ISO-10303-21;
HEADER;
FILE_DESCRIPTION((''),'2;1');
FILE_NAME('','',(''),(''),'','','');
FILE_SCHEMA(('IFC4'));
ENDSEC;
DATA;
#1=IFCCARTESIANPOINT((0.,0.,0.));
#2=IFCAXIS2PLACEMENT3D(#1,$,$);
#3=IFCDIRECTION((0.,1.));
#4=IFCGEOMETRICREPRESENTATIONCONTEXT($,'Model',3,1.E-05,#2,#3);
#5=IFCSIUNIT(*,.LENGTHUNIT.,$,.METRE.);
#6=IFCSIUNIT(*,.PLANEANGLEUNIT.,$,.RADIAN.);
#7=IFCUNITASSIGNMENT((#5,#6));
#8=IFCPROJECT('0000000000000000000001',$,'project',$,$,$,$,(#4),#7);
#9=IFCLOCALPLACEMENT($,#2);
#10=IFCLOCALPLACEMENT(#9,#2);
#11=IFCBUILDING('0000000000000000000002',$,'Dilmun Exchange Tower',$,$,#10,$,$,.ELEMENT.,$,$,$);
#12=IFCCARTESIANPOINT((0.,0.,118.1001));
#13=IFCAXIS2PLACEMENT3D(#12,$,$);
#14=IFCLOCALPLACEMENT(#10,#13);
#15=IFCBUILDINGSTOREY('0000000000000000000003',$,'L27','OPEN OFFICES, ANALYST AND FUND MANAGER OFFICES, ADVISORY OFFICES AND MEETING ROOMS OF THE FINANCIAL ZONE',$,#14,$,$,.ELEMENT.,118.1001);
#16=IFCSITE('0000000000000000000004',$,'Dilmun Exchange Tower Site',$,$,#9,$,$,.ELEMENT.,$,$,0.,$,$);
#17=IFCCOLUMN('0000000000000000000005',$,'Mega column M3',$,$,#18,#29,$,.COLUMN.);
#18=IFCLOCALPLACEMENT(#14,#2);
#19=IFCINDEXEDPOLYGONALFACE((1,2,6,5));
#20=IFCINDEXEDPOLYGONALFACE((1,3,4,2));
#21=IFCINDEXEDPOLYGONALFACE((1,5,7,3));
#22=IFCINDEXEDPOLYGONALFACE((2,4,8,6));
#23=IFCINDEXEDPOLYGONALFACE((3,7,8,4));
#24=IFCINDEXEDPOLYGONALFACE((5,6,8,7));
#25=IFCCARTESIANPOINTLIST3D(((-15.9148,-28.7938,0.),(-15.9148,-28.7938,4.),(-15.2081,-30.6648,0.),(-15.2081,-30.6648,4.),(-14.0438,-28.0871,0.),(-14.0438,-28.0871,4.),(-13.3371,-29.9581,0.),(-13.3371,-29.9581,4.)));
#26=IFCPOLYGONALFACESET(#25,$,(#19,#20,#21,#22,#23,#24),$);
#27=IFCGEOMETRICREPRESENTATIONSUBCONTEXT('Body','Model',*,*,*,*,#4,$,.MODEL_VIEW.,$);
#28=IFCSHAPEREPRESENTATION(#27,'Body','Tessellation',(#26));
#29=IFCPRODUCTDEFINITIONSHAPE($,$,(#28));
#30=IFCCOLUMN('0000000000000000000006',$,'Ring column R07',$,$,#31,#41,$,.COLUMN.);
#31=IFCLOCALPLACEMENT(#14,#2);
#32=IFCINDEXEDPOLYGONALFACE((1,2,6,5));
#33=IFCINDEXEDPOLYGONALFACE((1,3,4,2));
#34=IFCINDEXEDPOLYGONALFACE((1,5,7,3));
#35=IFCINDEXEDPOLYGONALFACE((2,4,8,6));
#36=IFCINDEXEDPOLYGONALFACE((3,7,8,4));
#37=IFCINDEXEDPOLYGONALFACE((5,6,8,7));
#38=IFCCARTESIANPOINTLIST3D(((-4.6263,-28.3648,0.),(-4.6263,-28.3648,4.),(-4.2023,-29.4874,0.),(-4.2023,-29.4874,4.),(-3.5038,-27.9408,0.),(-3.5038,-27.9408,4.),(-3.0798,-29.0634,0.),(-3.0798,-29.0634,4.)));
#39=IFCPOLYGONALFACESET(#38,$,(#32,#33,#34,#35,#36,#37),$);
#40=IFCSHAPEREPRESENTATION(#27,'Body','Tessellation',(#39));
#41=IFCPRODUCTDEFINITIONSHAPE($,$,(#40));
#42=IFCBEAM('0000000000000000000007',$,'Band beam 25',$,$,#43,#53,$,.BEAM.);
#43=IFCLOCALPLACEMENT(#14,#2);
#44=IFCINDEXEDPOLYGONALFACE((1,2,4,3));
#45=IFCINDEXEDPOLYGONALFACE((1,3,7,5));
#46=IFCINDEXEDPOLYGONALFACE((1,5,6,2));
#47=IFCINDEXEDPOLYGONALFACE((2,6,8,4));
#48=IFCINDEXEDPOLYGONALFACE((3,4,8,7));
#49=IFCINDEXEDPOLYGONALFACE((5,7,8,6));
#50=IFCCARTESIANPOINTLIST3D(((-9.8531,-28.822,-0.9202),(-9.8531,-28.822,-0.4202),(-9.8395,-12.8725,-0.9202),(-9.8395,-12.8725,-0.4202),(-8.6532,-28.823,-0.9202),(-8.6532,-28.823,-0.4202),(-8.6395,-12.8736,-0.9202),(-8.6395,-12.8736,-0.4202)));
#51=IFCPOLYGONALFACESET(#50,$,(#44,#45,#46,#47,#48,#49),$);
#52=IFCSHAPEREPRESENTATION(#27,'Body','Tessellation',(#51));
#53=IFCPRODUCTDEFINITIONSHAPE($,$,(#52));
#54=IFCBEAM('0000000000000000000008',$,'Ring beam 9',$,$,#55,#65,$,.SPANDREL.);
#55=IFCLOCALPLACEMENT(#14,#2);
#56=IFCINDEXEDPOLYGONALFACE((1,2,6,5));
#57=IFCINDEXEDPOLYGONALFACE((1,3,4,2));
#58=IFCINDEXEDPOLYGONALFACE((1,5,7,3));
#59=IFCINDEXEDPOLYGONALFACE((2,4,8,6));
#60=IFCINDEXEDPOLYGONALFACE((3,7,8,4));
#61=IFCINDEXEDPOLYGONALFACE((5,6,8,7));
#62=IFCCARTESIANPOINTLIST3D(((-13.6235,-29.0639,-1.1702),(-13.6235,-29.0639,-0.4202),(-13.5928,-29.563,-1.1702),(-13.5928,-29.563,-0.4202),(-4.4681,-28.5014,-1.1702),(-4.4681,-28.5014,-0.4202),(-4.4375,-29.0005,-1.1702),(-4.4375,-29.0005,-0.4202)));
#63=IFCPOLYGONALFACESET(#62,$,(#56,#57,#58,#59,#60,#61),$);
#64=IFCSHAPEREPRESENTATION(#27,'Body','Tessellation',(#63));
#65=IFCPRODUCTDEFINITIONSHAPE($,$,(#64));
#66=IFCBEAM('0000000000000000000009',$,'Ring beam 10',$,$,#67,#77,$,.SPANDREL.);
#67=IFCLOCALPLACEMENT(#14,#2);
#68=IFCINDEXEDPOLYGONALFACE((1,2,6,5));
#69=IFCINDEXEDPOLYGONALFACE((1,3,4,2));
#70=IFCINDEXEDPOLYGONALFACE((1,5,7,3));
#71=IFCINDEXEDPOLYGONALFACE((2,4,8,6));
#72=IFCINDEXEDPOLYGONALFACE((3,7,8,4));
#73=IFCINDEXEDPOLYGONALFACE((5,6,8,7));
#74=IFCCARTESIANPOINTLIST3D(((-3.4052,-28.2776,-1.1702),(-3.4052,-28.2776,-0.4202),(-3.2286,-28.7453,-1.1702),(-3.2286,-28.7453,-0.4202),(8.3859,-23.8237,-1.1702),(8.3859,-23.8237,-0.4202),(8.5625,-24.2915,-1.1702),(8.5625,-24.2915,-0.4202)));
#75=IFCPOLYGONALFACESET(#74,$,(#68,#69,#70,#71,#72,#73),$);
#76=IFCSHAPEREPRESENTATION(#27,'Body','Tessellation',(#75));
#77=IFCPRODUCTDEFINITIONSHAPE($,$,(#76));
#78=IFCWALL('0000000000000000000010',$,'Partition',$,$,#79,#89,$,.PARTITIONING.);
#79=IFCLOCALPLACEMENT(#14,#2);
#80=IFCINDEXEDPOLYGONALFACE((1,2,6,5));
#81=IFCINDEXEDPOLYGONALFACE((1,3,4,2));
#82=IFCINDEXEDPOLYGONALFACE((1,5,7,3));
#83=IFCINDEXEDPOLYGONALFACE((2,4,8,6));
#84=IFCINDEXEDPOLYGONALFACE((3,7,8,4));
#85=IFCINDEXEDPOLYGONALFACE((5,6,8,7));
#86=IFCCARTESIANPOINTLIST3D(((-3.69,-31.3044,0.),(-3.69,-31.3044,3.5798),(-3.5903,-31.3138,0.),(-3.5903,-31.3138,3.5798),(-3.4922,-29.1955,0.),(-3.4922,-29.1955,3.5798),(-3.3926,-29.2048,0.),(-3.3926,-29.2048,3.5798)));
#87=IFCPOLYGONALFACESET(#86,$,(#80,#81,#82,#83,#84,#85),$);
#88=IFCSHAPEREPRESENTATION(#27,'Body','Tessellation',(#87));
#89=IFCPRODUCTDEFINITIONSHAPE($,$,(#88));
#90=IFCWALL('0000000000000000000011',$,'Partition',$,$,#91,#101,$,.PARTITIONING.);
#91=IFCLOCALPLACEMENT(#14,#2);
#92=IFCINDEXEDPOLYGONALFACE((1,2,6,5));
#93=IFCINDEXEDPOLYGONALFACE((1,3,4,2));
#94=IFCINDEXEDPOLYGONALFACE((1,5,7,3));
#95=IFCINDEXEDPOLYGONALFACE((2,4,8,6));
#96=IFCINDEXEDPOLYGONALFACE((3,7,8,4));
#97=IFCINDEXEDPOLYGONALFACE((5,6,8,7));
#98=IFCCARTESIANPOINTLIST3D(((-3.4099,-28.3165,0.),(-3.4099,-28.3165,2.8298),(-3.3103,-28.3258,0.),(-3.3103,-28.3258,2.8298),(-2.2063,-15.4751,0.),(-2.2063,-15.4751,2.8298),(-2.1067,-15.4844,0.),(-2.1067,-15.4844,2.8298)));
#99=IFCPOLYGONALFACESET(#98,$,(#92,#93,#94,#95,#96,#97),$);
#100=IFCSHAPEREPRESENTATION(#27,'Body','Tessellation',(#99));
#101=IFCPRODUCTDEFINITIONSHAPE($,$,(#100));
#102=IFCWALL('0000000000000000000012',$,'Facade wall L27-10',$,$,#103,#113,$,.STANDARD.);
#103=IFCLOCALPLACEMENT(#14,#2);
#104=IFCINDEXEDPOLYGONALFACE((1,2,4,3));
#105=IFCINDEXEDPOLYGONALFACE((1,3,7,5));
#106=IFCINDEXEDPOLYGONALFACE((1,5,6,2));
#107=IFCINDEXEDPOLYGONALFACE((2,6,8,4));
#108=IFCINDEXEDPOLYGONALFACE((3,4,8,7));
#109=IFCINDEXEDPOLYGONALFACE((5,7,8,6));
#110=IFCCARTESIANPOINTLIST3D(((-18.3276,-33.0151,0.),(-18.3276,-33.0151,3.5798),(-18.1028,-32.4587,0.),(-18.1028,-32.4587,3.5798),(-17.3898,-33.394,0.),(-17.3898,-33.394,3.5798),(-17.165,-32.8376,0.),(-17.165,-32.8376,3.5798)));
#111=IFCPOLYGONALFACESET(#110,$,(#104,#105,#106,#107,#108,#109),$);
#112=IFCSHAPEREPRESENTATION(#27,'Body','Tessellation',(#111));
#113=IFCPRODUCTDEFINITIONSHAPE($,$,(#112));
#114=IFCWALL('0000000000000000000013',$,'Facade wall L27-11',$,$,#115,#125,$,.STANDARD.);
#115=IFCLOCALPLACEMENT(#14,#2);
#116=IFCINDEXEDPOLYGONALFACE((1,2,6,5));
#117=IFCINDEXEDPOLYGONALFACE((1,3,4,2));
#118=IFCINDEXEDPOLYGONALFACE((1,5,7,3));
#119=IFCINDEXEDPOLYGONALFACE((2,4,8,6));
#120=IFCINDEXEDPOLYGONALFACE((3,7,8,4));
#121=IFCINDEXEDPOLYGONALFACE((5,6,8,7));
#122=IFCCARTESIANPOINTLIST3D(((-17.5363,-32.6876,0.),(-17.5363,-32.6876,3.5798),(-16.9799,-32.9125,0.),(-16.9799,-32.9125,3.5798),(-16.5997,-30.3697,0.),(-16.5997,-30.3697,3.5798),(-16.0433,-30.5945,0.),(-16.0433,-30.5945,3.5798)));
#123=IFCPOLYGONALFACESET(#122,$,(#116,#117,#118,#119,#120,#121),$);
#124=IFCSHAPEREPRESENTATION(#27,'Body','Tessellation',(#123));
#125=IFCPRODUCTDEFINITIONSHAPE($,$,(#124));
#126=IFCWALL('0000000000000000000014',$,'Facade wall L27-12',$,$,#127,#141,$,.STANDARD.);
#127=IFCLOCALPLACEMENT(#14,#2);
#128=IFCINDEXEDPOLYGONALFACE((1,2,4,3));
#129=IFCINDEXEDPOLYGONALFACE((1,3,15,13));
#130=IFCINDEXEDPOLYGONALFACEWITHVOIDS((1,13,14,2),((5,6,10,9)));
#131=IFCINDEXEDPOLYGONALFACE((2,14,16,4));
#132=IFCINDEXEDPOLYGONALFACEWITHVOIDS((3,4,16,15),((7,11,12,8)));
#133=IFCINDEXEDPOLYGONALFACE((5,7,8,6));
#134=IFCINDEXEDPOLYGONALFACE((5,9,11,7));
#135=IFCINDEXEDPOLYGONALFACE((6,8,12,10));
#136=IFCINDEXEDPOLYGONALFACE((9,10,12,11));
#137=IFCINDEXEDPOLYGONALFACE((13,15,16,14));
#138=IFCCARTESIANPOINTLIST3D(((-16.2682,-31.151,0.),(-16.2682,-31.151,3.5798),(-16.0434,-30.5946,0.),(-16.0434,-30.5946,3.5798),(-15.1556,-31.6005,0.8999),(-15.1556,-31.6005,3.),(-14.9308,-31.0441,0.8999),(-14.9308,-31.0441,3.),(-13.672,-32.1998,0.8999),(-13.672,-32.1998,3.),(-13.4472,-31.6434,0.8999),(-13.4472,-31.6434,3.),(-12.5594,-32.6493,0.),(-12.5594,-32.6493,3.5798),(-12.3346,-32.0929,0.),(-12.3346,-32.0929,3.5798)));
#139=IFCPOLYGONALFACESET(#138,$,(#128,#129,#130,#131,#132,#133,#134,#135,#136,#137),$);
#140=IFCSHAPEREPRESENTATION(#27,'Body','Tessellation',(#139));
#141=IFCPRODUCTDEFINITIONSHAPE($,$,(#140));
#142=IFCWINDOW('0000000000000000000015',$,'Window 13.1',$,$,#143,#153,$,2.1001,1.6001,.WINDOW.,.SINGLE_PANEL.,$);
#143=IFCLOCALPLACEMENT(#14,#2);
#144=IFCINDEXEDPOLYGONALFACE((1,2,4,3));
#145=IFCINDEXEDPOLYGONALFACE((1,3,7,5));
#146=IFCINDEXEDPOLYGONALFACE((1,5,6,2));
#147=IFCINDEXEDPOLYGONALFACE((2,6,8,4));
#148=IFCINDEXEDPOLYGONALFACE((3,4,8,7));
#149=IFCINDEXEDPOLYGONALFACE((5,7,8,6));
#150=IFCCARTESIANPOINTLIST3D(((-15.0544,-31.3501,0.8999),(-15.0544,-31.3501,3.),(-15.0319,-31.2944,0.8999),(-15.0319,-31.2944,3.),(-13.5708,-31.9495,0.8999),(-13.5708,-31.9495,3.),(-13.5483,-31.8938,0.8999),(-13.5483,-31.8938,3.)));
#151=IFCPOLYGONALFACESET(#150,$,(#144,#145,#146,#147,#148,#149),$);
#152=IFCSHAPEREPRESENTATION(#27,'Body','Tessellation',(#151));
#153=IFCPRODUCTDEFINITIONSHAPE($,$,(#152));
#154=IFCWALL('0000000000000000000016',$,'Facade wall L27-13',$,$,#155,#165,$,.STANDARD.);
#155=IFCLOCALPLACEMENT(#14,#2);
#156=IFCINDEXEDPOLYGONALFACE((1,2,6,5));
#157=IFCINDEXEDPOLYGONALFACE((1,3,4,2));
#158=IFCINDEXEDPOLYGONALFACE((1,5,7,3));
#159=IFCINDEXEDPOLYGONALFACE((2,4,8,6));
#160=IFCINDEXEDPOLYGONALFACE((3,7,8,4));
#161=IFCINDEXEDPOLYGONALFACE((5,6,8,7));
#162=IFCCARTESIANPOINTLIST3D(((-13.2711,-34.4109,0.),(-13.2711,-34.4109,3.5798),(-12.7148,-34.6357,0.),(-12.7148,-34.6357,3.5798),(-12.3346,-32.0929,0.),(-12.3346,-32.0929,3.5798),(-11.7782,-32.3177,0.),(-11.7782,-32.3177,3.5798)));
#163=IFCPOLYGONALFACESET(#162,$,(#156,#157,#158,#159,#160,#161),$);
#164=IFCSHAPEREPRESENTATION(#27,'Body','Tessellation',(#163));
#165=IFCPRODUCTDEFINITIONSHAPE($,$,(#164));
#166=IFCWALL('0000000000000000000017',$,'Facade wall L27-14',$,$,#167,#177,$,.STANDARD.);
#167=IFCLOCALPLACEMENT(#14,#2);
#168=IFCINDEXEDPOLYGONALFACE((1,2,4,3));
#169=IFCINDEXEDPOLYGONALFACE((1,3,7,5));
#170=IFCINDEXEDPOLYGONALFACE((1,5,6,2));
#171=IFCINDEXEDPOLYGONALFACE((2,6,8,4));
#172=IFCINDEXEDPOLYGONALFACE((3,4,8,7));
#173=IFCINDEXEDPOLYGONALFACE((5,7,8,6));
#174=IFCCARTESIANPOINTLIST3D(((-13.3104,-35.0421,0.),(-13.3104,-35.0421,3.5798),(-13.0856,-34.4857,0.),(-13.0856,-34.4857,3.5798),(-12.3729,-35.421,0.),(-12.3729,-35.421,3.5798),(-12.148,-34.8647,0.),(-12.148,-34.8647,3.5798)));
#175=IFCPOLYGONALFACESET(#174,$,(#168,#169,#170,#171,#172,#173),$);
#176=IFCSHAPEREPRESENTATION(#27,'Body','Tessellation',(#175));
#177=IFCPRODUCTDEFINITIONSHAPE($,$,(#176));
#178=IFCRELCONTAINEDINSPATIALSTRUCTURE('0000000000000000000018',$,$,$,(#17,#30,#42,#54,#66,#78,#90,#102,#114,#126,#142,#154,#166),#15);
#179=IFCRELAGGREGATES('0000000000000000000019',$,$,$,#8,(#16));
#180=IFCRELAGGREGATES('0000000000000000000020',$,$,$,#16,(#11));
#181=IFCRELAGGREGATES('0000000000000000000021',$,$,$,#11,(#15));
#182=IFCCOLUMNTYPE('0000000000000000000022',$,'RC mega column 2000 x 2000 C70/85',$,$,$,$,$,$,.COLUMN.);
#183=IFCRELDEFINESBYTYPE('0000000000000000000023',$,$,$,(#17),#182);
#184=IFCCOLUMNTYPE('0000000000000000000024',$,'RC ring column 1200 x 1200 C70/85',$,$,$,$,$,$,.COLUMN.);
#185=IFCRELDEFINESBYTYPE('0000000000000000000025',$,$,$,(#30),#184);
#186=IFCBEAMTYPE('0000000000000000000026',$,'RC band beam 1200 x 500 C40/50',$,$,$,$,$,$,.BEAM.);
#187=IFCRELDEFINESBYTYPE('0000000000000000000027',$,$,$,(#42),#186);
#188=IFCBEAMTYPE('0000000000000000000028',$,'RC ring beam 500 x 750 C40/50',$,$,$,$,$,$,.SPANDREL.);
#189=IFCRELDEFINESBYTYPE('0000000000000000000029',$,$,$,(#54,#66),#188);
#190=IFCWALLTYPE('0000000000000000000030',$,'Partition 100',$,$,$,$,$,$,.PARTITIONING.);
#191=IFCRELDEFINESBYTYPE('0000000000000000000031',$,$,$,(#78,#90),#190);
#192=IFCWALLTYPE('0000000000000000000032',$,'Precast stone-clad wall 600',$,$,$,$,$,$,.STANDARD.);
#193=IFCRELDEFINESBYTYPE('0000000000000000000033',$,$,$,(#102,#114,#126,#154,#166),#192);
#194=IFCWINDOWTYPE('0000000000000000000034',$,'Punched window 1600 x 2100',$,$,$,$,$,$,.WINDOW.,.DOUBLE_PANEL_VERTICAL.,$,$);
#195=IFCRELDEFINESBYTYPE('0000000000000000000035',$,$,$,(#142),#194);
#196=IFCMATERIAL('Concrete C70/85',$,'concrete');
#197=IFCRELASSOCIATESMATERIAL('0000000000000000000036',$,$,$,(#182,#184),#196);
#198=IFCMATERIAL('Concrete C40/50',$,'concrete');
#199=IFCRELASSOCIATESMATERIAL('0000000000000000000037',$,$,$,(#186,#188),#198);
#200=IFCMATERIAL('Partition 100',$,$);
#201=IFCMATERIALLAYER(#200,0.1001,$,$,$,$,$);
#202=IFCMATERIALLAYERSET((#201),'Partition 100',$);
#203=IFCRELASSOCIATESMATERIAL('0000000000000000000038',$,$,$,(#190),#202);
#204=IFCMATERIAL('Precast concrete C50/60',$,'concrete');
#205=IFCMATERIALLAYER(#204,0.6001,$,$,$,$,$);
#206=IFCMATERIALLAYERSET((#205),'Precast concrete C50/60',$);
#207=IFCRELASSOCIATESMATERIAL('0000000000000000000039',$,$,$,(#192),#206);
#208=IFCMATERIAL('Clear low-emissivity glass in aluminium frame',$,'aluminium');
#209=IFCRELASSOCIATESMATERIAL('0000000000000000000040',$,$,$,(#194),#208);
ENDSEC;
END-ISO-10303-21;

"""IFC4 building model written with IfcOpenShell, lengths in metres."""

from ifc_helpers import new_model, si_unit, direction, frame, frame_2d, origin, origin_2d, place, context, subcontext, project, spatial, rectangle, extrude, material, layer, layer_set, material_profile, profile_set, type_object, element, fill, save


model = new_model("IFC4")

# Units and contexts
model_context = context("Model", 3, precision=1e-05, world=origin(), true_north=direction((0.0, 1.0)))
body_context = subcontext(model_context, "Body", "Model", "MODEL_VIEW")
ifc_project = project(units=[si_unit("LENGTHUNIT", "METRE"), si_unit("PLANEANGLEUNIT", "RADIAN")], contexts=[model_context])

# Site, building, storey
site_placement = place(None, origin())
site = spatial("IfcSite", under=ifc_project, at=site_placement, Name="Dilmun Exchange Tower Site", CompositionType="ELEMENT", RefElevation=0.0)
building_placement = place(site_placement, origin())
building = spatial("IfcBuilding", under=site, at=building_placement, Name="Dilmun Exchange Tower", CompositionType="ELEMENT")
storey_placement = place(building_placement, frame((0.0, 0.0, 118.1001)))
storey = spatial("IfcBuildingStorey", under=building, at=storey_placement, Name="L27", Description="OPEN OFFICES, ANALYST AND FUND MANAGER OFFICES, ADVISORY OFFICES AND MEETING ROOMS OF THE FINANCIAL ZONE", CompositionType="ELEMENT", Elevation=118.1001)

# Columns
ifc_material_1 = material(Name="Concrete C70/85", Category="concrete")
ifc_material_profile_1 = material_profile(ifc_material_1, rectangle(XDim=2.0, YDim=2.0, at=origin_2d()), Name="2000 x 2000")
ifc_profile_set_1 = profile_set([ifc_material_profile_1], Name="Concrete C70/85")
column_type_1 = type_object("IfcColumnType", Name="RC mega column 2000 x 2000 C70/85", PredefinedType="COLUMN", material=ifc_profile_set_1)
column_1_placement = place(storey_placement, frame((-14.626, -29.376, 0.0), z_axis=(0.0, 0.0, 1.0), x_axis=(0.935492, 0.353349, 0.0)))
element("IfcColumn", 1, at=column_1_placement, inside=storey, type_object=column_type_1, Name="Mega column M3", PredefinedType="COLUMN", context=body_context, shape_type="SweptSolid", body=[
    extrude(rectangle(XDim=2.0, YDim=2.0, at=origin_2d()), origin(), (0.0, 0.0, 1.0), 4.0),
])
ifc_material_profile_2 = material_profile(ifc_material_1, rectangle(XDim=1.2, YDim=1.2, at=origin_2d()), Name="1200 x 1200")
ifc_profile_set_2 = profile_set([ifc_material_profile_2], Name="Concrete C70/85")
column_type_2 = type_object("IfcColumnType", Name="RC ring column 1200 x 1200 C70/85", PredefinedType="COLUMN", material=ifc_profile_set_2)
column_2_placement = place(storey_placement, frame((-3.853, -28.7141, 0.0), z_axis=(0.0, 0.0, 1.0), x_axis=(0.935492, 0.353349, 0.0)))
element("IfcColumn", 2, at=column_2_placement, inside=storey, type_object=column_type_2, Name="Ring column R07", PredefinedType="COLUMN", context=body_context, shape_type="SweptSolid", body=[
    extrude(rectangle(XDim=1.2, YDim=1.2, at=origin_2d()), origin(), (0.0, 0.0, 1.0), 4.0),
])

# Beams
ifc_material_2 = material(Name="Concrete C40/50", Category="concrete")
ifc_material_profile_3 = material_profile(ifc_material_2, rectangle(XDim=1.2, YDim=0.5, at=origin_2d()), Name="1200 x 500")
ifc_profile_set_3 = profile_set([ifc_material_profile_3], Name="Concrete C40/50")
beam_type_1 = type_object("IfcBeamType", Name="RC band beam 1200 x 500 C40/50", PredefinedType="BEAM", material=ifc_profile_set_3)
beam_1_placement = place(storey_placement, frame((-9.2532, -28.8225, -0.6702), z_axis=(0.000857, 1.0, 0.0), x_axis=(-1.0, 0.000857, 0.0)))
element("IfcBeam", 3, at=beam_1_placement, inside=storey, type_object=beam_type_1, Name="Band beam 25", PredefinedType="BEAM", context=body_context, shape_type="SweptSolid", body=[
    extrude(rectangle(XDim=1.2, YDim=0.5, at=origin_2d()), origin(), (0.0, 0.0, 1.0), 15.9495),
])
ifc_material_profile_4 = material_profile(ifc_material_2, rectangle(XDim=0.5, YDim=0.75, at=origin_2d()), Name="500 x 750")
ifc_profile_set_4 = profile_set([ifc_material_profile_4], Name="Concrete C40/50")
beam_type_2 = type_object("IfcBeamType", Name="RC ring beam 500 x 750 C40/50", PredefinedType="SPANDREL", material=ifc_profile_set_4)
beam_2_placement = place(storey_placement, frame((-13.6082, -29.3135, -0.7952), z_axis=(0.998118, 0.061324, 0.0), x_axis=(-0.061324, 0.998118, 0.0)))
element("IfcBeam", 4, at=beam_2_placement, inside=storey, type_object=beam_type_2, Name="Ring beam 9", PredefinedType="SPANDREL", context=body_context, shape_type="SweptSolid", body=[
    extrude(rectangle(XDim=0.5, YDim=0.75, at=origin_2d()), origin(), (0.0, 0.0, 1.0), 9.1726),
])
beam_3_placement = place(storey_placement, frame((-3.3169, -28.5115, -0.7952), z_axis=(0.935486, 0.353364, 0.0), x_axis=(-0.353364, 0.935486, 0.0)))
element("IfcBeam", 5, at=beam_3_placement, inside=storey, type_object=beam_type_2, Name="Ring beam 10", PredefinedType="SPANDREL", context=body_context, shape_type="SweptSolid", body=[
    extrude(rectangle(XDim=0.5, YDim=0.75, at=origin_2d()), origin(), (0.0, 0.0, 1.0), 12.6042),
])

# Walls
ifc_material_3 = material(Name="Partition 100")
ifc_layer_1 = layer(ifc_material_3, 0.1001)
ifc_layer_set_1 = layer_set([ifc_layer_1], Name="Partition 100")
wall_type_1 = type_object("IfcWallType", Name="Partition 100", PredefinedType="PARTITIONING", material=ifc_layer_set_1)
wall_1_placement = place(storey_placement, frame((-3.6401, -31.3091, 0.0), z_axis=(0.0, 0.0, 1.0), x_axis=(0.093362, 0.995632, 0.0)))
element("IfcWall", 6, at=wall_1_placement, inside=storey, type_object=wall_type_1, Name="Partition", PredefinedType="PARTITIONING", context=body_context, shape_type="SweptSolid", body=[
    extrude(rectangle(XDim=2.1182, YDim=0.1001, at=frame_2d((1.0591, 0.0))), origin(), (0.0, 0.0, 1.0), 3.5798),
])
wall_2_placement = place(storey_placement, frame((-3.3601, -28.321, 0.0), z_axis=(0.0, 0.0, 1.0), x_axis=(0.093321, 0.995636, 0.0)))
element("IfcWall", 7, at=wall_2_placement, inside=storey, type_object=wall_type_1, Name="Partition", PredefinedType="PARTITIONING", context=body_context, shape_type="SweptSolid", body=[
    extrude(rectangle(XDim=12.8977, YDim=0.1001, at=frame_2d((6.4487, 0.0))), origin(), (0.0, 0.0, 1.0), 2.8298),
])
ifc_material_4 = material(Name="Precast concrete C50/60", Category="concrete")
ifc_layer_2 = layer(ifc_material_4, 0.6001)
ifc_layer_set_2 = layer_set([ifc_layer_2], Name="Precast concrete C50/60")
wall_type_2 = type_object("IfcWallType", Name="Precast stone-clad wall 600", PredefinedType="STANDARD", material=ifc_layer_set_2)
wall_3_placement = place(storey_placement, frame((-18.2153, -32.7368, 0.0), z_axis=(0.0, 0.0, 1.0), x_axis=(0.927173, -0.374635, 0.0)))
element("IfcWall", 8, at=wall_3_placement, inside=storey, type_object=wall_type_2, Name="Facade wall L27-10", PredefinedType="STANDARD", context=body_context, shape_type="SweptSolid", body=[
    extrude(rectangle(XDim=1.0115, YDim=0.6001, at=frame_2d((0.5059, 0.0))), origin(), (0.0, 0.0, 1.0), 3.5798),
])
wall_4_placement = place(storey_placement, frame((-17.2581, -32.8, 0.0), z_axis=(0.0, 0.0, 1.0), x_axis=(0.374621, 0.927178, 0.0)))
element("IfcWall", 9, at=wall_4_placement, inside=storey, type_object=wall_type_2, Name="Facade wall L27-11", PredefinedType="STANDARD", context=body_context, shape_type="SweptSolid", body=[
    extrude(rectangle(XDim=2.5, YDim=0.6001, at=frame_2d((1.25, 0.0))), origin(), (0.0, 0.0, 1.0), 3.5798),
])

# Wall, opening, window
wall_5_placement = place(storey_placement, frame((-16.1558, -30.8728, 0.0), z_axis=(0.0, 0.0, 1.0), x_axis=(0.927196, -0.374577, 0.0)))
wall_5 = element("IfcWall", 10, at=wall_5_placement, inside=storey, type_object=wall_type_2, Name="Facade wall L27-12", PredefinedType="STANDARD", context=body_context, shape_type="SweptSolid", body=[
    extrude(rectangle(XDim=4.0, YDim=0.6001, at=frame_2d((2.0, 0.0))), origin(), (0.0, 0.0, 1.0), 3.5798),
])
opening_1_placement = place(wall_5_placement, frame((1.2, 0.0, 0.8999)))
opening_1 = element("IfcOpeningElement", 11, at=opening_1_placement, cuts=wall_5, PredefinedType="OPENING", context=body_context, shape_type="SweptSolid", body=[
    extrude(rectangle(XDim=1.6001, YDim=2.1001, at=frame_2d((0.8, 1.05))), frame((0.0, 0.3101, 0.0), z_axis=(0.0, -1.0, 0.0), x_axis=(1.0, 0.0, 0.0)), (0.0, 0.0, 1.0), 0.6201),
])
ifc_material_5 = material(Name="Clear low-emissivity glass in aluminium frame", Category="aluminium")
window_type_1 = type_object("IfcWindowType", Name="Punched window 1600 x 2100", PartitioningType="DOUBLE_PANEL_VERTICAL", PredefinedType="WINDOW", material=ifc_material_5)
window_1_placement = place(opening_1_placement, origin())
window_1 = element("IfcWindow", 12, at=window_1_placement, inside=storey, type_object=window_type_1, Name="Window 13.1", OverallHeight=2.1001, OverallWidth=1.6001, PartitioningType="SINGLE_PANEL", PredefinedType="WINDOW", context=body_context, shape_type="SweptSolid", body=[
    extrude(rectangle(XDim=1.6001, YDim=2.1001, at=frame_2d((0.8, 1.05))), frame((0.0, 0.03, 0.0), z_axis=(0.0, -1.0, 0.0), x_axis=(1.0, 0.0, 0.0)), (0.0, 0.0, 1.0), 0.0601),
])
fill(opening_1, window_1)

# Walls
wall_6_placement = place(storey_placement, frame((-12.0564, -32.2053, 0.0), z_axis=(0.0, 0.0, 1.0), x_axis=(-0.374621, -0.927178, 0.0)))
element("IfcWall", 13, at=wall_6_placement, inside=storey, type_object=wall_type_2, Name="Facade wall L27-13", PredefinedType="STANDARD", context=body_context, shape_type="SweptSolid", body=[
    extrude(rectangle(XDim=2.5, YDim=0.6001, at=frame_2d((1.25, 0.0))), origin(), (0.0, 0.0, 1.0), 3.5798),
])
wall_7_placement = place(storey_placement, frame((-13.198, -34.7639, 0.0), z_axis=(0.0, 0.0, 1.0), x_axis=(0.927139, -0.374719, 0.0)))
element("IfcWall", 14, at=wall_7_placement, inside=storey, type_object=wall_type_2, Name="Facade wall L27-14", PredefinedType="STANDARD", context=body_context, shape_type="SweptSolid", body=[
    extrude(rectangle(XDim=1.0112, YDim=0.6001, at=frame_2d((0.5056, 0.0))), origin(), (0.0, 0.0, 1.0), 3.5798),
])

save(model, "model.ifc")
